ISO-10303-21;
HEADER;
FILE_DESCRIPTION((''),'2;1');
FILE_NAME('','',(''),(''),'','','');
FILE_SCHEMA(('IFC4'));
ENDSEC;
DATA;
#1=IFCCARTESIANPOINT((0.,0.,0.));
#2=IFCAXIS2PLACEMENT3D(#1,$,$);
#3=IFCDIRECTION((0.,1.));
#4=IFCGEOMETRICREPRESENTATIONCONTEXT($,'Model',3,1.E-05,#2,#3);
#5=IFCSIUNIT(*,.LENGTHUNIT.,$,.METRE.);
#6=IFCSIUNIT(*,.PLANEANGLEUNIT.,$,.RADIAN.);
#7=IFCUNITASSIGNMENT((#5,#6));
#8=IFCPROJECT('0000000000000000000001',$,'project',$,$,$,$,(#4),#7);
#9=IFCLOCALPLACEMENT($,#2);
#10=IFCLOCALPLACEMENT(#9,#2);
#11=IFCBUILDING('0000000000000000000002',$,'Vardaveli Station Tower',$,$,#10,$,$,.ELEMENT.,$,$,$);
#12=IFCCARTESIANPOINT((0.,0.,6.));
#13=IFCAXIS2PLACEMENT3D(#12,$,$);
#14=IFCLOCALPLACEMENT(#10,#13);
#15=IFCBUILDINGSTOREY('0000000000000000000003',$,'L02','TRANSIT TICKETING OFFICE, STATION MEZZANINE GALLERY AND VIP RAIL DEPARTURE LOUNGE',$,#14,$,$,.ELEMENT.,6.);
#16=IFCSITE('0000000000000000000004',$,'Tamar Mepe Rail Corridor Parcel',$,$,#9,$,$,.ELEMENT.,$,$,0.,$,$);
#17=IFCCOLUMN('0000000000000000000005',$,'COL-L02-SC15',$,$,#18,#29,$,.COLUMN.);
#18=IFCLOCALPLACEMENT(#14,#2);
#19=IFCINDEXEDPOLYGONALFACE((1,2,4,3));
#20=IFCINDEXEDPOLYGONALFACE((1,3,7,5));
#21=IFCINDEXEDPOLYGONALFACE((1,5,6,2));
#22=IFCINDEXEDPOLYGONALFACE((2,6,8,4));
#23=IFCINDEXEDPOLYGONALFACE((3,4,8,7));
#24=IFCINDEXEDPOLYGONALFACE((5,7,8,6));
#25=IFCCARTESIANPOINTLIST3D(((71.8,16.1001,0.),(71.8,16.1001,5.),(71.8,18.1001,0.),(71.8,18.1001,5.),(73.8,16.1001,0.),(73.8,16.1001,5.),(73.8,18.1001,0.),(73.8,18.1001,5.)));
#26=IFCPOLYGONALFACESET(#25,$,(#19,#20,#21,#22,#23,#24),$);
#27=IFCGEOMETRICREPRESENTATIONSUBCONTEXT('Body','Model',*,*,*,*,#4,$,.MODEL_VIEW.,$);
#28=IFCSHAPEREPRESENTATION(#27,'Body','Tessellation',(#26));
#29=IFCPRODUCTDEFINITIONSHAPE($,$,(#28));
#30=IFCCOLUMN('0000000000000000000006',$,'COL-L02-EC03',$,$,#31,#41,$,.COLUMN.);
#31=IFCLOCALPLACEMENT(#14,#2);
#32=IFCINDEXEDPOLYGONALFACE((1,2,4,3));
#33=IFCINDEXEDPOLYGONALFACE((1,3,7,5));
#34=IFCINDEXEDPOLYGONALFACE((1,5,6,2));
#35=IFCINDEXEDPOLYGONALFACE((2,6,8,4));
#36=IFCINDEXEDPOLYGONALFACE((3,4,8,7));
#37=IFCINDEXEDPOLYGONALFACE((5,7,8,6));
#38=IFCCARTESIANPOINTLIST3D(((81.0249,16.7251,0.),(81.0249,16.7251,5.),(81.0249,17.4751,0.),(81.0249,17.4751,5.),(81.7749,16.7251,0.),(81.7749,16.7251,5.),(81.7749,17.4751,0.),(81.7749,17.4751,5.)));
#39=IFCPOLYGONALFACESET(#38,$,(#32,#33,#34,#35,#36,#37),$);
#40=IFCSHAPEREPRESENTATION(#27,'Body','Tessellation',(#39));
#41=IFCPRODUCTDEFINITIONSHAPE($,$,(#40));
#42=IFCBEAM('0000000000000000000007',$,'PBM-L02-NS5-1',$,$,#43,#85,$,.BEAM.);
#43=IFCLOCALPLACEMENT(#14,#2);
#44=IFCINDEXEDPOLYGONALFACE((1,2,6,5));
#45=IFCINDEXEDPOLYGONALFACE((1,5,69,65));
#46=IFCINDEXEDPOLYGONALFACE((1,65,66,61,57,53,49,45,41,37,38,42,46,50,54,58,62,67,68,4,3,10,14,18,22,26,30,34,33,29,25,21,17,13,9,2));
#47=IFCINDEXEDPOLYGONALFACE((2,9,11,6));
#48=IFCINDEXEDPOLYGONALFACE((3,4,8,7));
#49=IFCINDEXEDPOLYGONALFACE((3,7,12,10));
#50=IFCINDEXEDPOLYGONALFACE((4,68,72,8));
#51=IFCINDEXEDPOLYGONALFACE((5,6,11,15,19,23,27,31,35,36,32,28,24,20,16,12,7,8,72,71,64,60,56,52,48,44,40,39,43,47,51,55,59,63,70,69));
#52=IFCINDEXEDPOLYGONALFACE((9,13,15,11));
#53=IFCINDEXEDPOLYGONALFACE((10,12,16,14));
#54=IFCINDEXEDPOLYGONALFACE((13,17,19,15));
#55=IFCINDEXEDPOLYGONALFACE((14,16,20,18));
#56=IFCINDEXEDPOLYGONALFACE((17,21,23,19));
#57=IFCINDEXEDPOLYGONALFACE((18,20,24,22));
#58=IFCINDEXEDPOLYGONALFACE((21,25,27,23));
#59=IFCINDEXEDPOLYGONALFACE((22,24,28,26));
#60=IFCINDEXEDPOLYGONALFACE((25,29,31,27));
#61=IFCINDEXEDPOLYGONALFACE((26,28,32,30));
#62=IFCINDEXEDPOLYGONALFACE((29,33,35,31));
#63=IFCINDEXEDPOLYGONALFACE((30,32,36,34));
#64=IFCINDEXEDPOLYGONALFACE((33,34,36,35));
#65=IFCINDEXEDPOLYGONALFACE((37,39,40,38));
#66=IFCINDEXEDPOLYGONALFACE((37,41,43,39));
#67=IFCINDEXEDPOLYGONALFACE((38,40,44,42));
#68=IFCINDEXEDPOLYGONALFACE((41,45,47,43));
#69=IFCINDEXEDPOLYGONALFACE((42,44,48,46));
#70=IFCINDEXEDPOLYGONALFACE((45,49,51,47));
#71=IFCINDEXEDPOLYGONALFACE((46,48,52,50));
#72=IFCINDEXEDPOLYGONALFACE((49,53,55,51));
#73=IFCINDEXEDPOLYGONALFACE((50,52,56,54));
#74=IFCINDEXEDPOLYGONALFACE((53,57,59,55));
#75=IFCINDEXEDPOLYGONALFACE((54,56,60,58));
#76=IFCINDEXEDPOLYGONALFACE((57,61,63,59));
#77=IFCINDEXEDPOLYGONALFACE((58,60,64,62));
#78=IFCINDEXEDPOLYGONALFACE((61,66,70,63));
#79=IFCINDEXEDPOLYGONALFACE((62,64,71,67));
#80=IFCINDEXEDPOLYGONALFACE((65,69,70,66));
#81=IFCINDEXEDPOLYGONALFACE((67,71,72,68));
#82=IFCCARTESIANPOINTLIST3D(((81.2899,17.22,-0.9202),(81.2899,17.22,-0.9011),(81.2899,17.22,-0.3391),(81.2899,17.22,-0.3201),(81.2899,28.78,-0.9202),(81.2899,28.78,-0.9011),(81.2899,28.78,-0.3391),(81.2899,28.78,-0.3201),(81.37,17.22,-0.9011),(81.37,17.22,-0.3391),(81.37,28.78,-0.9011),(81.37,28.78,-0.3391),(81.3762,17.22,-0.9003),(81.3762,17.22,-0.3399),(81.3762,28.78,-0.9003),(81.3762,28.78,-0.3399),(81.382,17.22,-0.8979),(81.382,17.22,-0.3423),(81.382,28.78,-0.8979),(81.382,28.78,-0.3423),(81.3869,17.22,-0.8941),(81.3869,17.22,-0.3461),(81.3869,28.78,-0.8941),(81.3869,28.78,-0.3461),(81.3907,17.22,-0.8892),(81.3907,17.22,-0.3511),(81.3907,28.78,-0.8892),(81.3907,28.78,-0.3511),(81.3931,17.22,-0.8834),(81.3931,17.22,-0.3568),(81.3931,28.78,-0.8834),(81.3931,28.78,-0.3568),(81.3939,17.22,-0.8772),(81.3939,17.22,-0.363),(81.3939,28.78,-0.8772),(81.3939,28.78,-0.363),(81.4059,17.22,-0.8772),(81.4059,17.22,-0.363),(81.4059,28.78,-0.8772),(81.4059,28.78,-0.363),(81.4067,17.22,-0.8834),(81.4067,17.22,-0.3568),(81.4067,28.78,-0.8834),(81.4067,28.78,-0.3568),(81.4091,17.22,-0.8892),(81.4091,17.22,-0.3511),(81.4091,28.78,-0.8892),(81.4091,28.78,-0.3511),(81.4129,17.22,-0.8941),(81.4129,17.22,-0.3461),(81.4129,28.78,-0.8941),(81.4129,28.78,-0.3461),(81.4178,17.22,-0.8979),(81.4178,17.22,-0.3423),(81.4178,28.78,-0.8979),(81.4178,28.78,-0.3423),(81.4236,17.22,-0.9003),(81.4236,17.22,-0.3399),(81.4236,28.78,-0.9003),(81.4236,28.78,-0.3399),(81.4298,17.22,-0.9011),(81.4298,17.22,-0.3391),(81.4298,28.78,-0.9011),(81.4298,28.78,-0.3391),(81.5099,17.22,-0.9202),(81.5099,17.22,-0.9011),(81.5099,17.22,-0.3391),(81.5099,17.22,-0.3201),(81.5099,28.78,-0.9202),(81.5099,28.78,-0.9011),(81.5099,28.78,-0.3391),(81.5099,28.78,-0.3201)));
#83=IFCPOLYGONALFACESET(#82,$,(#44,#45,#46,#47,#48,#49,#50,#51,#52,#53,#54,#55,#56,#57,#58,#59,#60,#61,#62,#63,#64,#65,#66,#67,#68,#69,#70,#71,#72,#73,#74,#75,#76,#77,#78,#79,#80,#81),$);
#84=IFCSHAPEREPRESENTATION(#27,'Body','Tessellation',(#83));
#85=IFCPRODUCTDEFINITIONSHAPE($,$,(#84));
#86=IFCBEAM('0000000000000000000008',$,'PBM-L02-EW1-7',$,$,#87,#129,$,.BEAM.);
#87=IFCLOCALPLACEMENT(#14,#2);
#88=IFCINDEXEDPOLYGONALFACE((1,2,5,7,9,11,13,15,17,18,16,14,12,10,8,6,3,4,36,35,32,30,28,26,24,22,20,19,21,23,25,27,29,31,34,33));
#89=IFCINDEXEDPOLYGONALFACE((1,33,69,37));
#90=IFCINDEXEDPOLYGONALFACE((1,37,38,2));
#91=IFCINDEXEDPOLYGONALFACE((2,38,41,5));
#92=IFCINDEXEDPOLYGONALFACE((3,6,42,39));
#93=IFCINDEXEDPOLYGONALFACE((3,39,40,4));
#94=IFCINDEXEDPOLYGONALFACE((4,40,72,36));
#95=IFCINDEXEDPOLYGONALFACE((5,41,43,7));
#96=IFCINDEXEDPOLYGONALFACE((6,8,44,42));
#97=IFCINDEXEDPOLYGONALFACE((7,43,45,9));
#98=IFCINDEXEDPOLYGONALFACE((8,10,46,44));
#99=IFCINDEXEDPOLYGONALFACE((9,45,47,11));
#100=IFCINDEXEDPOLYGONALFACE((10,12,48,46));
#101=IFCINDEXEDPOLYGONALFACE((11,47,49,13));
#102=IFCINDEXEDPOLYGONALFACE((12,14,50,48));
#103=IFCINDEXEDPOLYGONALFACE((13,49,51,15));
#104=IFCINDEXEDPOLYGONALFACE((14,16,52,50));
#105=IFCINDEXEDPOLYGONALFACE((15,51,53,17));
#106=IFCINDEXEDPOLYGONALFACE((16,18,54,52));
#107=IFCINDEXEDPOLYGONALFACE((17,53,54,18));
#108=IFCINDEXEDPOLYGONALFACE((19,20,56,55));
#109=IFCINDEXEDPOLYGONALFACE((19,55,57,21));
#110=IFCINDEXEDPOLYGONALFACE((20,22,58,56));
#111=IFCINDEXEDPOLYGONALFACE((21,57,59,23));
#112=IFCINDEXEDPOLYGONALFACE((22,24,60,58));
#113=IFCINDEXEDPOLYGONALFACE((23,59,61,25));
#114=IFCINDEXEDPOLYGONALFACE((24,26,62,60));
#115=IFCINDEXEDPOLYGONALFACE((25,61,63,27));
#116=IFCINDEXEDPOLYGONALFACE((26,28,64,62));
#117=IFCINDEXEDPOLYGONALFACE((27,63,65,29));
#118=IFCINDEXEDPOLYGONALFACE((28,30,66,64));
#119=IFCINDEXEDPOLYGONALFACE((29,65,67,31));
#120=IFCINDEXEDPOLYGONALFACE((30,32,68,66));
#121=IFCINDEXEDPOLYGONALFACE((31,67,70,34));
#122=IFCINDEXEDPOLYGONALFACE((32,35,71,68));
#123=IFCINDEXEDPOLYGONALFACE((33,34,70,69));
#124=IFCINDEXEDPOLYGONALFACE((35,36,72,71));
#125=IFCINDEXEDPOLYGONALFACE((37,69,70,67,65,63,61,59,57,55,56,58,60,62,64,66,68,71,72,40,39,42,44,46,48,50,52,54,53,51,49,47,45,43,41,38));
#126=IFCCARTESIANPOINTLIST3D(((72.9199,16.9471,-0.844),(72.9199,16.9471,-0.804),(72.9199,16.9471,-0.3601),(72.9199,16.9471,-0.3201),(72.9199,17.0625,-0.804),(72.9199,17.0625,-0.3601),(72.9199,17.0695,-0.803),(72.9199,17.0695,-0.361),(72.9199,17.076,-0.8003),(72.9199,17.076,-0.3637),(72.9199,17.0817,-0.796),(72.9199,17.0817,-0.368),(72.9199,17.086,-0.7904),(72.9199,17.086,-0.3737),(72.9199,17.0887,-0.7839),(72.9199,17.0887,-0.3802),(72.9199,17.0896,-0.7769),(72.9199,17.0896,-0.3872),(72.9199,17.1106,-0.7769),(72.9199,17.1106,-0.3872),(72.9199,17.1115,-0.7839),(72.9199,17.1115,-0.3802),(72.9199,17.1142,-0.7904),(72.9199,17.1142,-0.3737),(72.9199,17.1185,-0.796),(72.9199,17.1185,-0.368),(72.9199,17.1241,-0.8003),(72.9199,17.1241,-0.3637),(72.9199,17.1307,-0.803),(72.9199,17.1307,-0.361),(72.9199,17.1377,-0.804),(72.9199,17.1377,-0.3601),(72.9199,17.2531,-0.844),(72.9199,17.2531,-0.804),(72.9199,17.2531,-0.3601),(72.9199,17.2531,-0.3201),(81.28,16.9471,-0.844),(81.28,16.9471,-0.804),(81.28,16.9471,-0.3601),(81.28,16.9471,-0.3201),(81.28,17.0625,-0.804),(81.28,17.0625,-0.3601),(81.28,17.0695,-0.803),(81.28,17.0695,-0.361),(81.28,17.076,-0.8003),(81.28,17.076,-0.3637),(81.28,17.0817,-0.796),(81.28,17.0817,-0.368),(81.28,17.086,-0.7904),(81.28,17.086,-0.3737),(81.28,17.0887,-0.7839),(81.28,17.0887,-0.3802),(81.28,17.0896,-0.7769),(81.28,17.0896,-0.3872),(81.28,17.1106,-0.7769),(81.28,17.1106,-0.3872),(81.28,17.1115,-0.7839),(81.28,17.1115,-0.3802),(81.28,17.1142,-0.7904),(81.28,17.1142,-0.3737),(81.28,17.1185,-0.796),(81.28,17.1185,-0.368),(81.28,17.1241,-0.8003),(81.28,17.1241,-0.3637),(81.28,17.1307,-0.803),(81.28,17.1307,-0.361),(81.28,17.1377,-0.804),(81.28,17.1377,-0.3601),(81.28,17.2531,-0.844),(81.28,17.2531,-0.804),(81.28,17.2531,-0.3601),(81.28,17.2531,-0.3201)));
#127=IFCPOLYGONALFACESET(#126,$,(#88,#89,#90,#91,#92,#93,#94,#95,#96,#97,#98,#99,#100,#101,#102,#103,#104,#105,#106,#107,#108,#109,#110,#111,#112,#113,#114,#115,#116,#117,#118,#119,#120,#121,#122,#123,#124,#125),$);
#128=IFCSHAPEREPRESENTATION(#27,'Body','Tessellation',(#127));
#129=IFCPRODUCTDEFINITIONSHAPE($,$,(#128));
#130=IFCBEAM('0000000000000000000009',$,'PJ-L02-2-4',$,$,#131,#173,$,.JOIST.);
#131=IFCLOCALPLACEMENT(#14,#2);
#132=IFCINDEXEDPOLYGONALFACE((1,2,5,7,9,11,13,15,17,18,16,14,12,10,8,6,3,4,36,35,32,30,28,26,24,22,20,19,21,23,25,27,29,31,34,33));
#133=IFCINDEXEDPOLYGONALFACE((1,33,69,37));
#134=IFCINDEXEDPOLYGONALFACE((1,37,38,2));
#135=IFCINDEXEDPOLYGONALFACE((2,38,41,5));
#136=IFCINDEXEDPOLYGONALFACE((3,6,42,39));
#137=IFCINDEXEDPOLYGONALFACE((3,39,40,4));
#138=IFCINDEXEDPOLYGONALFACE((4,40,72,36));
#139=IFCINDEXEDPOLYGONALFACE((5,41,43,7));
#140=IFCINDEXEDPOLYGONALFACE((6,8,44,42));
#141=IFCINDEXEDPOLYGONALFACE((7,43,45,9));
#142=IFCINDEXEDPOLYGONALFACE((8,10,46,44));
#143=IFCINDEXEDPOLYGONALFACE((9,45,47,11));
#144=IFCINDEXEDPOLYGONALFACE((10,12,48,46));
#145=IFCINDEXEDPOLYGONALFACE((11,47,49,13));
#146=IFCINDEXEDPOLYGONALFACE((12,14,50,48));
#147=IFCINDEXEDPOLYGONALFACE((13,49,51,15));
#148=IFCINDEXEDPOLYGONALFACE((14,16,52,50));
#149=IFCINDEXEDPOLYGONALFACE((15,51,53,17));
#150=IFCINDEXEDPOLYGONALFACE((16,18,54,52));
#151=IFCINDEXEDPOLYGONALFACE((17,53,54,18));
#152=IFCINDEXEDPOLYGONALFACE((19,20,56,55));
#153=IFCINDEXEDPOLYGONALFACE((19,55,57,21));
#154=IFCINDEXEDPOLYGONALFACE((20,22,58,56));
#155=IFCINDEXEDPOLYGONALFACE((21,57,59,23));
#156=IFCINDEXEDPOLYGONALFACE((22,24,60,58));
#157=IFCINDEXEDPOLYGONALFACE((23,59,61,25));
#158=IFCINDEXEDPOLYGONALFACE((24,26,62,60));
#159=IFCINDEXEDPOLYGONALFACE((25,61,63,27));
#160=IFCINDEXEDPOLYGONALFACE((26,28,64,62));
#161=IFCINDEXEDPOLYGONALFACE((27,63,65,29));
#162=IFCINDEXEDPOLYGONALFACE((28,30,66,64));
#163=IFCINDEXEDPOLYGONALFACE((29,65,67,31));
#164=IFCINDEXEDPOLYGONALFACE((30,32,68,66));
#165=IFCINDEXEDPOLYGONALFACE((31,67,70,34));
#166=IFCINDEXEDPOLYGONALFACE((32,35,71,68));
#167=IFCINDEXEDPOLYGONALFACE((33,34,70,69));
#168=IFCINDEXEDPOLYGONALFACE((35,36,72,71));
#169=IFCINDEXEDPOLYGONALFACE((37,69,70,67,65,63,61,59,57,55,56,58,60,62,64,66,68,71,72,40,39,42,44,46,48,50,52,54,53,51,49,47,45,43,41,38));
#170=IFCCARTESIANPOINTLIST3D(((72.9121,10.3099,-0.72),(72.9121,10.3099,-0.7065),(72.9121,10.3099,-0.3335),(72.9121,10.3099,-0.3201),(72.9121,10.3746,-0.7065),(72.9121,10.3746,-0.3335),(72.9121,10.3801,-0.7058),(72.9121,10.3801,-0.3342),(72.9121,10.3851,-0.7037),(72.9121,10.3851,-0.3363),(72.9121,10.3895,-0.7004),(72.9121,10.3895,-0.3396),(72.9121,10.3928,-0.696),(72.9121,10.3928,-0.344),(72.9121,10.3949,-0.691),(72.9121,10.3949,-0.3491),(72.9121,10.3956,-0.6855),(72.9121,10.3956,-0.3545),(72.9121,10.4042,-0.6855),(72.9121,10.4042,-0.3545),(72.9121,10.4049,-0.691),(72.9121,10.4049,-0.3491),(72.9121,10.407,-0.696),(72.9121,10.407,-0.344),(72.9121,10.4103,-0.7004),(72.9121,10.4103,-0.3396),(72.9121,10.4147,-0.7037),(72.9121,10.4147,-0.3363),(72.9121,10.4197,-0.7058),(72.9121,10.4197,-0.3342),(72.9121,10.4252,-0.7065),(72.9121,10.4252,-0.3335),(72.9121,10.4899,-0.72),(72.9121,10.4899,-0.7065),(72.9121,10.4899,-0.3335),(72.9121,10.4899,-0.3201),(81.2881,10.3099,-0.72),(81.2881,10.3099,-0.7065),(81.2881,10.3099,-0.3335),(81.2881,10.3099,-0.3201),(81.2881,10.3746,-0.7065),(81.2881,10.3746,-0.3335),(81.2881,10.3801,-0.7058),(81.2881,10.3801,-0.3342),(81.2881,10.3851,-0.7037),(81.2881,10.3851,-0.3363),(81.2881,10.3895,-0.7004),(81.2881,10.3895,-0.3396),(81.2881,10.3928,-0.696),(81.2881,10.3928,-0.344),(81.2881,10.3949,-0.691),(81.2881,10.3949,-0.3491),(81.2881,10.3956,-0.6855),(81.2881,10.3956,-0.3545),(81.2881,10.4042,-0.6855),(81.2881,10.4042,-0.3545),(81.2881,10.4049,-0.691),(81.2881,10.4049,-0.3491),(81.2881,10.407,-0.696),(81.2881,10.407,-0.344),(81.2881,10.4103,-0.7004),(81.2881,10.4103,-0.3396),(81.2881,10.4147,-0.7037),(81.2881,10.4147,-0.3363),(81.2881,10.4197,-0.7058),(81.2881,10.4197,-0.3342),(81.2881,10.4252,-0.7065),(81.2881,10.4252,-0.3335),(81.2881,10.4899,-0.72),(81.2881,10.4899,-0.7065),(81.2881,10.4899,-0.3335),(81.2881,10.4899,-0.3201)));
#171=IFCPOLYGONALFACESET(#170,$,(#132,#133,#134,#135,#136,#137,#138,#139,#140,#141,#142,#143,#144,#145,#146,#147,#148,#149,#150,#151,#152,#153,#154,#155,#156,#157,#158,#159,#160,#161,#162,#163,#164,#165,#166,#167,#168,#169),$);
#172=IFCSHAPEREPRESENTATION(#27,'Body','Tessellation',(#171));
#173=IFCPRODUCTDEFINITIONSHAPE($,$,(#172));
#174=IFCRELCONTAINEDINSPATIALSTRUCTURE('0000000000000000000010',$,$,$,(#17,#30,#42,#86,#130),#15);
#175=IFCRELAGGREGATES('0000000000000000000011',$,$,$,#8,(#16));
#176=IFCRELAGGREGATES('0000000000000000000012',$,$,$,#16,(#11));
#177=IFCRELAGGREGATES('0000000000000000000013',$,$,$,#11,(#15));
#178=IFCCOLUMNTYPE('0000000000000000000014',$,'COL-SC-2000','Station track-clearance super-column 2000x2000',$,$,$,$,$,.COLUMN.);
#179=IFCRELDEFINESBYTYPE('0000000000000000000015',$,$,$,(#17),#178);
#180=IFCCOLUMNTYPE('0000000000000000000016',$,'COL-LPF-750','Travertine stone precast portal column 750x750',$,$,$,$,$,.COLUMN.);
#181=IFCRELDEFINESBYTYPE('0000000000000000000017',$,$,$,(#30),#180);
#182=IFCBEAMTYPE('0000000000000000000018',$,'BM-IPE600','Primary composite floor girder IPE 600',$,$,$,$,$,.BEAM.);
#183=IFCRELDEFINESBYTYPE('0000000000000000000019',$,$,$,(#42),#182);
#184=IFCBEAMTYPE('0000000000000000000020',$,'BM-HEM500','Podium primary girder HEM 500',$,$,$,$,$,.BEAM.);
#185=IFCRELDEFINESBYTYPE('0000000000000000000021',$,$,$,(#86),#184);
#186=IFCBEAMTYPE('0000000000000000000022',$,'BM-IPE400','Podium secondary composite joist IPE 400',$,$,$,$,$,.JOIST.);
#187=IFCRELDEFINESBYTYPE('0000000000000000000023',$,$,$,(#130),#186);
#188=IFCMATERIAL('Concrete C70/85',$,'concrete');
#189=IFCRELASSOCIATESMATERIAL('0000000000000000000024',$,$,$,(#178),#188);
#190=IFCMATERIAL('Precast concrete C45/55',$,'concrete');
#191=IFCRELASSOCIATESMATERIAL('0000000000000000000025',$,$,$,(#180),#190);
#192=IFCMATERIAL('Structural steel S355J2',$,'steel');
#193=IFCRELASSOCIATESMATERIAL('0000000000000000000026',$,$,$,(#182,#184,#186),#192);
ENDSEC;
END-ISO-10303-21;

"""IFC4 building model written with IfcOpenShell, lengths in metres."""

from ifc_helpers import new_model, si_unit, direction, frame, origin, origin_2d, place, context, subcontext, project, spatial, rectangle, i_section, extrude, source, transform, mapped, material, material_profile, profile_set, type_object, element, save


model = new_model("IFC4")

# Units and contexts
model_context = context("Model", 3, precision=1e-05, world=origin(), true_north=direction((0.0, 1.0)))
body_context = subcontext(model_context, "Body", "Model", "MODEL_VIEW")
ifc_project = project(units=[si_unit("LENGTHUNIT", "METRE"), si_unit("PLANEANGLEUNIT", "RADIAN")], contexts=[model_context])

# Site, building, storey
site_placement = place(None, origin())
site = spatial("IfcSite", under=ifc_project, at=site_placement, Name="Tamar Mepe Rail Corridor Parcel", CompositionType="ELEMENT", RefElevation=0.0)
building_placement = place(site_placement, origin())
building = spatial("IfcBuilding", under=site, at=building_placement, Name="Vardaveli Station Tower", CompositionType="ELEMENT")
storey_placement = place(building_placement, frame((0.0, 0.0, 6.0)))
storey = spatial("IfcBuildingStorey", under=building, at=storey_placement, Name="L02", Description="TRANSIT TICKETING OFFICE, STATION MEZZANINE GALLERY AND VIP RAIL DEPARTURE LOUNGE", CompositionType="ELEMENT", Elevation=6.0)

# Columns
ifc_material_1 = material(Name="Concrete C70/85", Category="concrete")
ifc_material_profile_1 = material_profile(ifc_material_1, rectangle(XDim=2.0, YDim=2.0, at=origin_2d()), Name="SC 2000x2000")
ifc_profile_set_1 = profile_set([ifc_material_profile_1], Name="Concrete C70/85")
column_type_1 = type_object("IfcColumnType", Name="COL-SC-2000", Description="Station track-clearance super-column 2000x2000", PredefinedType="COLUMN", material=ifc_profile_set_1)
shared_shape_1 = source(origin(), body_context, "Body", "SweptSolid", [
    extrude(rectangle(XDim=2.0, YDim=2.0, at=origin_2d()), origin(), (0.0, 0.0, 1.0), 5.0),
])
column_1_placement = place(storey_placement, frame((72.8, 17.1001, 0.0), z_axis=(0.0, 0.0, 1.0), x_axis=(1.0, 0.0, 0.0)))
element("IfcColumn", 1, at=column_1_placement, inside=storey, type_object=column_type_1, Name="COL-L02-SC15", PredefinedType="COLUMN", context=body_context, shape_type="MappedRepresentation", body=[
    mapped(shared_shape_1, transform((0.0, 0.0, 0.0), scale=1.0)),
])
ifc_material_2 = material(Name="Precast concrete C45/55", Category="concrete")
ifc_material_profile_2 = material_profile(ifc_material_2, rectangle(XDim=0.75, YDim=0.75, at=origin_2d()), Name="LPF 750x750")
ifc_profile_set_2 = profile_set([ifc_material_profile_2], Name="Precast concrete C45/55")
column_type_2 = type_object("IfcColumnType", Name="COL-LPF-750", Description="Travertine stone precast portal column 750x750", PredefinedType="COLUMN", material=ifc_profile_set_2)
shared_shape_2 = source(origin(), body_context, "Body", "SweptSolid", [
    extrude(rectangle(XDim=0.75, YDim=0.75, at=origin_2d()), origin(), (0.0, 0.0, 1.0), 5.0),
])
column_2_placement = place(storey_placement, frame((81.3999, 17.1001, 0.0), z_axis=(0.0, 0.0, 1.0), x_axis=(1.0, 0.0, 0.0)))
element("IfcColumn", 2, at=column_2_placement, inside=storey, type_object=column_type_2, Name="COL-L02-EC03", PredefinedType="COLUMN", context=body_context, shape_type="MappedRepresentation", body=[
    mapped(shared_shape_2, transform((0.0, 0.0, 0.0), scale=1.0)),
])

# Beams
ifc_material_3 = material(Name="Structural steel S355J2", Category="steel")
ifc_material_profile_3 = material_profile(ifc_material_3, i_section(OverallWidth=0.22, OverallDepth=0.6001, WebThickness=0.012, FlangeThickness=0.019, FilletRadius=0.0239, at=origin_2d()), Name="IPE 600")
ifc_profile_set_3 = profile_set([ifc_material_profile_3], Name="Structural steel S355J2")
beam_type_1 = type_object("IfcBeamType", Name="BM-IPE600", Description="Primary composite floor girder IPE 600", PredefinedType="BEAM", material=ifc_profile_set_3)
shared_shape_3 = source(origin(), body_context, "Body", "SweptSolid", [
    extrude(i_section(OverallWidth=0.22, OverallDepth=0.6001, WebThickness=0.012, FlangeThickness=0.019, FilletRadius=0.0239, at=origin_2d()), origin(), (0.0, 0.0, 1.0), 11.5601),
])
beam_1_placement = place(storey_placement, frame((81.3999, 17.22, -0.6201), z_axis=(0.0, 1.0, 0.0), x_axis=(-1.0, 0.0, 0.0)))
element("IfcBeam", 3, at=beam_1_placement, inside=storey, type_object=beam_type_1, Name="PBM-L02-NS5-1", PredefinedType="BEAM", context=body_context, shape_type="MappedRepresentation", body=[
    mapped(shared_shape_3, transform((0.0, 0.0, 0.0), scale=1.0)),
])
ifc_material_profile_4 = material_profile(ifc_material_3, i_section(OverallWidth=0.3059, OverallDepth=0.5239, WebThickness=0.021, FlangeThickness=0.04, FilletRadius=0.0271, at=origin_2d()), Name="HEM 500")
ifc_profile_set_4 = profile_set([ifc_material_profile_4], Name="Structural steel S355J2")
beam_type_2 = type_object("IfcBeamType", Name="BM-HEM500", Description="Podium primary girder HEM 500", PredefinedType="BEAM", material=ifc_profile_set_4)
shared_shape_4 = source(origin(), body_context, "Body", "SweptSolid", [
    extrude(i_section(OverallWidth=0.3059, OverallDepth=0.5239, WebThickness=0.021, FlangeThickness=0.04, FilletRadius=0.0271, at=origin_2d()), origin(), (0.0, 0.0, 1.0), 8.3601),
])
beam_2_placement = place(storey_placement, frame((72.9199, 17.1001, -0.582), z_axis=(1.0, 0.0, 0.0), x_axis=(0.0, 1.0, 0.0)))
element("IfcBeam", 4, at=beam_2_placement, inside=storey, type_object=beam_type_2, Name="PBM-L02-EW1-7", PredefinedType="BEAM", context=body_context, shape_type="MappedRepresentation", body=[
    mapped(shared_shape_4, transform((0.0, 0.0, 0.0), scale=1.0)),
])
ifc_material_profile_5 = material_profile(ifc_material_3, i_section(OverallWidth=0.1799, OverallDepth=0.3999, WebThickness=0.0085, FlangeThickness=0.0134, FilletRadius=0.021, at=origin_2d()), Name="IPE 400")
ifc_profile_set_5 = profile_set([ifc_material_profile_5], Name="Structural steel S355J2")
beam_type_3 = type_object("IfcBeamType", Name="BM-IPE400", Description="Podium secondary composite joist IPE 400", PredefinedType="JOIST", material=ifc_profile_set_5)
shared_shape_5 = source(origin(), body_context, "Body", "SweptSolid", [
    extrude(i_section(OverallWidth=0.1799, OverallDepth=0.3999, WebThickness=0.0085, FlangeThickness=0.0134, FilletRadius=0.021, at=origin_2d()), origin(), (0.0, 0.0, 1.0), 8.376),
])
for number, where, z_axis, x_axis, name in (
    (5, (72.9121, 10.3999, -0.52), (1.0, 0.0, 0.0), (0.0, 1.0, 0.0), "PJ-L02-2-4"),
):
    element("IfcBeam", number, at=place(storey_placement, frame(where, z_axis=z_axis, x_axis=x_axis)), inside=storey, type_object=beam_type_3, Name=name, PredefinedType="JOIST", context=body_context, shape_type="MappedRepresentation", body=[
        mapped(shared_shape_5, transform((0.0, 0.0, 0.0), scale=1.0)),
    ])

save(model, "model.ifc")
